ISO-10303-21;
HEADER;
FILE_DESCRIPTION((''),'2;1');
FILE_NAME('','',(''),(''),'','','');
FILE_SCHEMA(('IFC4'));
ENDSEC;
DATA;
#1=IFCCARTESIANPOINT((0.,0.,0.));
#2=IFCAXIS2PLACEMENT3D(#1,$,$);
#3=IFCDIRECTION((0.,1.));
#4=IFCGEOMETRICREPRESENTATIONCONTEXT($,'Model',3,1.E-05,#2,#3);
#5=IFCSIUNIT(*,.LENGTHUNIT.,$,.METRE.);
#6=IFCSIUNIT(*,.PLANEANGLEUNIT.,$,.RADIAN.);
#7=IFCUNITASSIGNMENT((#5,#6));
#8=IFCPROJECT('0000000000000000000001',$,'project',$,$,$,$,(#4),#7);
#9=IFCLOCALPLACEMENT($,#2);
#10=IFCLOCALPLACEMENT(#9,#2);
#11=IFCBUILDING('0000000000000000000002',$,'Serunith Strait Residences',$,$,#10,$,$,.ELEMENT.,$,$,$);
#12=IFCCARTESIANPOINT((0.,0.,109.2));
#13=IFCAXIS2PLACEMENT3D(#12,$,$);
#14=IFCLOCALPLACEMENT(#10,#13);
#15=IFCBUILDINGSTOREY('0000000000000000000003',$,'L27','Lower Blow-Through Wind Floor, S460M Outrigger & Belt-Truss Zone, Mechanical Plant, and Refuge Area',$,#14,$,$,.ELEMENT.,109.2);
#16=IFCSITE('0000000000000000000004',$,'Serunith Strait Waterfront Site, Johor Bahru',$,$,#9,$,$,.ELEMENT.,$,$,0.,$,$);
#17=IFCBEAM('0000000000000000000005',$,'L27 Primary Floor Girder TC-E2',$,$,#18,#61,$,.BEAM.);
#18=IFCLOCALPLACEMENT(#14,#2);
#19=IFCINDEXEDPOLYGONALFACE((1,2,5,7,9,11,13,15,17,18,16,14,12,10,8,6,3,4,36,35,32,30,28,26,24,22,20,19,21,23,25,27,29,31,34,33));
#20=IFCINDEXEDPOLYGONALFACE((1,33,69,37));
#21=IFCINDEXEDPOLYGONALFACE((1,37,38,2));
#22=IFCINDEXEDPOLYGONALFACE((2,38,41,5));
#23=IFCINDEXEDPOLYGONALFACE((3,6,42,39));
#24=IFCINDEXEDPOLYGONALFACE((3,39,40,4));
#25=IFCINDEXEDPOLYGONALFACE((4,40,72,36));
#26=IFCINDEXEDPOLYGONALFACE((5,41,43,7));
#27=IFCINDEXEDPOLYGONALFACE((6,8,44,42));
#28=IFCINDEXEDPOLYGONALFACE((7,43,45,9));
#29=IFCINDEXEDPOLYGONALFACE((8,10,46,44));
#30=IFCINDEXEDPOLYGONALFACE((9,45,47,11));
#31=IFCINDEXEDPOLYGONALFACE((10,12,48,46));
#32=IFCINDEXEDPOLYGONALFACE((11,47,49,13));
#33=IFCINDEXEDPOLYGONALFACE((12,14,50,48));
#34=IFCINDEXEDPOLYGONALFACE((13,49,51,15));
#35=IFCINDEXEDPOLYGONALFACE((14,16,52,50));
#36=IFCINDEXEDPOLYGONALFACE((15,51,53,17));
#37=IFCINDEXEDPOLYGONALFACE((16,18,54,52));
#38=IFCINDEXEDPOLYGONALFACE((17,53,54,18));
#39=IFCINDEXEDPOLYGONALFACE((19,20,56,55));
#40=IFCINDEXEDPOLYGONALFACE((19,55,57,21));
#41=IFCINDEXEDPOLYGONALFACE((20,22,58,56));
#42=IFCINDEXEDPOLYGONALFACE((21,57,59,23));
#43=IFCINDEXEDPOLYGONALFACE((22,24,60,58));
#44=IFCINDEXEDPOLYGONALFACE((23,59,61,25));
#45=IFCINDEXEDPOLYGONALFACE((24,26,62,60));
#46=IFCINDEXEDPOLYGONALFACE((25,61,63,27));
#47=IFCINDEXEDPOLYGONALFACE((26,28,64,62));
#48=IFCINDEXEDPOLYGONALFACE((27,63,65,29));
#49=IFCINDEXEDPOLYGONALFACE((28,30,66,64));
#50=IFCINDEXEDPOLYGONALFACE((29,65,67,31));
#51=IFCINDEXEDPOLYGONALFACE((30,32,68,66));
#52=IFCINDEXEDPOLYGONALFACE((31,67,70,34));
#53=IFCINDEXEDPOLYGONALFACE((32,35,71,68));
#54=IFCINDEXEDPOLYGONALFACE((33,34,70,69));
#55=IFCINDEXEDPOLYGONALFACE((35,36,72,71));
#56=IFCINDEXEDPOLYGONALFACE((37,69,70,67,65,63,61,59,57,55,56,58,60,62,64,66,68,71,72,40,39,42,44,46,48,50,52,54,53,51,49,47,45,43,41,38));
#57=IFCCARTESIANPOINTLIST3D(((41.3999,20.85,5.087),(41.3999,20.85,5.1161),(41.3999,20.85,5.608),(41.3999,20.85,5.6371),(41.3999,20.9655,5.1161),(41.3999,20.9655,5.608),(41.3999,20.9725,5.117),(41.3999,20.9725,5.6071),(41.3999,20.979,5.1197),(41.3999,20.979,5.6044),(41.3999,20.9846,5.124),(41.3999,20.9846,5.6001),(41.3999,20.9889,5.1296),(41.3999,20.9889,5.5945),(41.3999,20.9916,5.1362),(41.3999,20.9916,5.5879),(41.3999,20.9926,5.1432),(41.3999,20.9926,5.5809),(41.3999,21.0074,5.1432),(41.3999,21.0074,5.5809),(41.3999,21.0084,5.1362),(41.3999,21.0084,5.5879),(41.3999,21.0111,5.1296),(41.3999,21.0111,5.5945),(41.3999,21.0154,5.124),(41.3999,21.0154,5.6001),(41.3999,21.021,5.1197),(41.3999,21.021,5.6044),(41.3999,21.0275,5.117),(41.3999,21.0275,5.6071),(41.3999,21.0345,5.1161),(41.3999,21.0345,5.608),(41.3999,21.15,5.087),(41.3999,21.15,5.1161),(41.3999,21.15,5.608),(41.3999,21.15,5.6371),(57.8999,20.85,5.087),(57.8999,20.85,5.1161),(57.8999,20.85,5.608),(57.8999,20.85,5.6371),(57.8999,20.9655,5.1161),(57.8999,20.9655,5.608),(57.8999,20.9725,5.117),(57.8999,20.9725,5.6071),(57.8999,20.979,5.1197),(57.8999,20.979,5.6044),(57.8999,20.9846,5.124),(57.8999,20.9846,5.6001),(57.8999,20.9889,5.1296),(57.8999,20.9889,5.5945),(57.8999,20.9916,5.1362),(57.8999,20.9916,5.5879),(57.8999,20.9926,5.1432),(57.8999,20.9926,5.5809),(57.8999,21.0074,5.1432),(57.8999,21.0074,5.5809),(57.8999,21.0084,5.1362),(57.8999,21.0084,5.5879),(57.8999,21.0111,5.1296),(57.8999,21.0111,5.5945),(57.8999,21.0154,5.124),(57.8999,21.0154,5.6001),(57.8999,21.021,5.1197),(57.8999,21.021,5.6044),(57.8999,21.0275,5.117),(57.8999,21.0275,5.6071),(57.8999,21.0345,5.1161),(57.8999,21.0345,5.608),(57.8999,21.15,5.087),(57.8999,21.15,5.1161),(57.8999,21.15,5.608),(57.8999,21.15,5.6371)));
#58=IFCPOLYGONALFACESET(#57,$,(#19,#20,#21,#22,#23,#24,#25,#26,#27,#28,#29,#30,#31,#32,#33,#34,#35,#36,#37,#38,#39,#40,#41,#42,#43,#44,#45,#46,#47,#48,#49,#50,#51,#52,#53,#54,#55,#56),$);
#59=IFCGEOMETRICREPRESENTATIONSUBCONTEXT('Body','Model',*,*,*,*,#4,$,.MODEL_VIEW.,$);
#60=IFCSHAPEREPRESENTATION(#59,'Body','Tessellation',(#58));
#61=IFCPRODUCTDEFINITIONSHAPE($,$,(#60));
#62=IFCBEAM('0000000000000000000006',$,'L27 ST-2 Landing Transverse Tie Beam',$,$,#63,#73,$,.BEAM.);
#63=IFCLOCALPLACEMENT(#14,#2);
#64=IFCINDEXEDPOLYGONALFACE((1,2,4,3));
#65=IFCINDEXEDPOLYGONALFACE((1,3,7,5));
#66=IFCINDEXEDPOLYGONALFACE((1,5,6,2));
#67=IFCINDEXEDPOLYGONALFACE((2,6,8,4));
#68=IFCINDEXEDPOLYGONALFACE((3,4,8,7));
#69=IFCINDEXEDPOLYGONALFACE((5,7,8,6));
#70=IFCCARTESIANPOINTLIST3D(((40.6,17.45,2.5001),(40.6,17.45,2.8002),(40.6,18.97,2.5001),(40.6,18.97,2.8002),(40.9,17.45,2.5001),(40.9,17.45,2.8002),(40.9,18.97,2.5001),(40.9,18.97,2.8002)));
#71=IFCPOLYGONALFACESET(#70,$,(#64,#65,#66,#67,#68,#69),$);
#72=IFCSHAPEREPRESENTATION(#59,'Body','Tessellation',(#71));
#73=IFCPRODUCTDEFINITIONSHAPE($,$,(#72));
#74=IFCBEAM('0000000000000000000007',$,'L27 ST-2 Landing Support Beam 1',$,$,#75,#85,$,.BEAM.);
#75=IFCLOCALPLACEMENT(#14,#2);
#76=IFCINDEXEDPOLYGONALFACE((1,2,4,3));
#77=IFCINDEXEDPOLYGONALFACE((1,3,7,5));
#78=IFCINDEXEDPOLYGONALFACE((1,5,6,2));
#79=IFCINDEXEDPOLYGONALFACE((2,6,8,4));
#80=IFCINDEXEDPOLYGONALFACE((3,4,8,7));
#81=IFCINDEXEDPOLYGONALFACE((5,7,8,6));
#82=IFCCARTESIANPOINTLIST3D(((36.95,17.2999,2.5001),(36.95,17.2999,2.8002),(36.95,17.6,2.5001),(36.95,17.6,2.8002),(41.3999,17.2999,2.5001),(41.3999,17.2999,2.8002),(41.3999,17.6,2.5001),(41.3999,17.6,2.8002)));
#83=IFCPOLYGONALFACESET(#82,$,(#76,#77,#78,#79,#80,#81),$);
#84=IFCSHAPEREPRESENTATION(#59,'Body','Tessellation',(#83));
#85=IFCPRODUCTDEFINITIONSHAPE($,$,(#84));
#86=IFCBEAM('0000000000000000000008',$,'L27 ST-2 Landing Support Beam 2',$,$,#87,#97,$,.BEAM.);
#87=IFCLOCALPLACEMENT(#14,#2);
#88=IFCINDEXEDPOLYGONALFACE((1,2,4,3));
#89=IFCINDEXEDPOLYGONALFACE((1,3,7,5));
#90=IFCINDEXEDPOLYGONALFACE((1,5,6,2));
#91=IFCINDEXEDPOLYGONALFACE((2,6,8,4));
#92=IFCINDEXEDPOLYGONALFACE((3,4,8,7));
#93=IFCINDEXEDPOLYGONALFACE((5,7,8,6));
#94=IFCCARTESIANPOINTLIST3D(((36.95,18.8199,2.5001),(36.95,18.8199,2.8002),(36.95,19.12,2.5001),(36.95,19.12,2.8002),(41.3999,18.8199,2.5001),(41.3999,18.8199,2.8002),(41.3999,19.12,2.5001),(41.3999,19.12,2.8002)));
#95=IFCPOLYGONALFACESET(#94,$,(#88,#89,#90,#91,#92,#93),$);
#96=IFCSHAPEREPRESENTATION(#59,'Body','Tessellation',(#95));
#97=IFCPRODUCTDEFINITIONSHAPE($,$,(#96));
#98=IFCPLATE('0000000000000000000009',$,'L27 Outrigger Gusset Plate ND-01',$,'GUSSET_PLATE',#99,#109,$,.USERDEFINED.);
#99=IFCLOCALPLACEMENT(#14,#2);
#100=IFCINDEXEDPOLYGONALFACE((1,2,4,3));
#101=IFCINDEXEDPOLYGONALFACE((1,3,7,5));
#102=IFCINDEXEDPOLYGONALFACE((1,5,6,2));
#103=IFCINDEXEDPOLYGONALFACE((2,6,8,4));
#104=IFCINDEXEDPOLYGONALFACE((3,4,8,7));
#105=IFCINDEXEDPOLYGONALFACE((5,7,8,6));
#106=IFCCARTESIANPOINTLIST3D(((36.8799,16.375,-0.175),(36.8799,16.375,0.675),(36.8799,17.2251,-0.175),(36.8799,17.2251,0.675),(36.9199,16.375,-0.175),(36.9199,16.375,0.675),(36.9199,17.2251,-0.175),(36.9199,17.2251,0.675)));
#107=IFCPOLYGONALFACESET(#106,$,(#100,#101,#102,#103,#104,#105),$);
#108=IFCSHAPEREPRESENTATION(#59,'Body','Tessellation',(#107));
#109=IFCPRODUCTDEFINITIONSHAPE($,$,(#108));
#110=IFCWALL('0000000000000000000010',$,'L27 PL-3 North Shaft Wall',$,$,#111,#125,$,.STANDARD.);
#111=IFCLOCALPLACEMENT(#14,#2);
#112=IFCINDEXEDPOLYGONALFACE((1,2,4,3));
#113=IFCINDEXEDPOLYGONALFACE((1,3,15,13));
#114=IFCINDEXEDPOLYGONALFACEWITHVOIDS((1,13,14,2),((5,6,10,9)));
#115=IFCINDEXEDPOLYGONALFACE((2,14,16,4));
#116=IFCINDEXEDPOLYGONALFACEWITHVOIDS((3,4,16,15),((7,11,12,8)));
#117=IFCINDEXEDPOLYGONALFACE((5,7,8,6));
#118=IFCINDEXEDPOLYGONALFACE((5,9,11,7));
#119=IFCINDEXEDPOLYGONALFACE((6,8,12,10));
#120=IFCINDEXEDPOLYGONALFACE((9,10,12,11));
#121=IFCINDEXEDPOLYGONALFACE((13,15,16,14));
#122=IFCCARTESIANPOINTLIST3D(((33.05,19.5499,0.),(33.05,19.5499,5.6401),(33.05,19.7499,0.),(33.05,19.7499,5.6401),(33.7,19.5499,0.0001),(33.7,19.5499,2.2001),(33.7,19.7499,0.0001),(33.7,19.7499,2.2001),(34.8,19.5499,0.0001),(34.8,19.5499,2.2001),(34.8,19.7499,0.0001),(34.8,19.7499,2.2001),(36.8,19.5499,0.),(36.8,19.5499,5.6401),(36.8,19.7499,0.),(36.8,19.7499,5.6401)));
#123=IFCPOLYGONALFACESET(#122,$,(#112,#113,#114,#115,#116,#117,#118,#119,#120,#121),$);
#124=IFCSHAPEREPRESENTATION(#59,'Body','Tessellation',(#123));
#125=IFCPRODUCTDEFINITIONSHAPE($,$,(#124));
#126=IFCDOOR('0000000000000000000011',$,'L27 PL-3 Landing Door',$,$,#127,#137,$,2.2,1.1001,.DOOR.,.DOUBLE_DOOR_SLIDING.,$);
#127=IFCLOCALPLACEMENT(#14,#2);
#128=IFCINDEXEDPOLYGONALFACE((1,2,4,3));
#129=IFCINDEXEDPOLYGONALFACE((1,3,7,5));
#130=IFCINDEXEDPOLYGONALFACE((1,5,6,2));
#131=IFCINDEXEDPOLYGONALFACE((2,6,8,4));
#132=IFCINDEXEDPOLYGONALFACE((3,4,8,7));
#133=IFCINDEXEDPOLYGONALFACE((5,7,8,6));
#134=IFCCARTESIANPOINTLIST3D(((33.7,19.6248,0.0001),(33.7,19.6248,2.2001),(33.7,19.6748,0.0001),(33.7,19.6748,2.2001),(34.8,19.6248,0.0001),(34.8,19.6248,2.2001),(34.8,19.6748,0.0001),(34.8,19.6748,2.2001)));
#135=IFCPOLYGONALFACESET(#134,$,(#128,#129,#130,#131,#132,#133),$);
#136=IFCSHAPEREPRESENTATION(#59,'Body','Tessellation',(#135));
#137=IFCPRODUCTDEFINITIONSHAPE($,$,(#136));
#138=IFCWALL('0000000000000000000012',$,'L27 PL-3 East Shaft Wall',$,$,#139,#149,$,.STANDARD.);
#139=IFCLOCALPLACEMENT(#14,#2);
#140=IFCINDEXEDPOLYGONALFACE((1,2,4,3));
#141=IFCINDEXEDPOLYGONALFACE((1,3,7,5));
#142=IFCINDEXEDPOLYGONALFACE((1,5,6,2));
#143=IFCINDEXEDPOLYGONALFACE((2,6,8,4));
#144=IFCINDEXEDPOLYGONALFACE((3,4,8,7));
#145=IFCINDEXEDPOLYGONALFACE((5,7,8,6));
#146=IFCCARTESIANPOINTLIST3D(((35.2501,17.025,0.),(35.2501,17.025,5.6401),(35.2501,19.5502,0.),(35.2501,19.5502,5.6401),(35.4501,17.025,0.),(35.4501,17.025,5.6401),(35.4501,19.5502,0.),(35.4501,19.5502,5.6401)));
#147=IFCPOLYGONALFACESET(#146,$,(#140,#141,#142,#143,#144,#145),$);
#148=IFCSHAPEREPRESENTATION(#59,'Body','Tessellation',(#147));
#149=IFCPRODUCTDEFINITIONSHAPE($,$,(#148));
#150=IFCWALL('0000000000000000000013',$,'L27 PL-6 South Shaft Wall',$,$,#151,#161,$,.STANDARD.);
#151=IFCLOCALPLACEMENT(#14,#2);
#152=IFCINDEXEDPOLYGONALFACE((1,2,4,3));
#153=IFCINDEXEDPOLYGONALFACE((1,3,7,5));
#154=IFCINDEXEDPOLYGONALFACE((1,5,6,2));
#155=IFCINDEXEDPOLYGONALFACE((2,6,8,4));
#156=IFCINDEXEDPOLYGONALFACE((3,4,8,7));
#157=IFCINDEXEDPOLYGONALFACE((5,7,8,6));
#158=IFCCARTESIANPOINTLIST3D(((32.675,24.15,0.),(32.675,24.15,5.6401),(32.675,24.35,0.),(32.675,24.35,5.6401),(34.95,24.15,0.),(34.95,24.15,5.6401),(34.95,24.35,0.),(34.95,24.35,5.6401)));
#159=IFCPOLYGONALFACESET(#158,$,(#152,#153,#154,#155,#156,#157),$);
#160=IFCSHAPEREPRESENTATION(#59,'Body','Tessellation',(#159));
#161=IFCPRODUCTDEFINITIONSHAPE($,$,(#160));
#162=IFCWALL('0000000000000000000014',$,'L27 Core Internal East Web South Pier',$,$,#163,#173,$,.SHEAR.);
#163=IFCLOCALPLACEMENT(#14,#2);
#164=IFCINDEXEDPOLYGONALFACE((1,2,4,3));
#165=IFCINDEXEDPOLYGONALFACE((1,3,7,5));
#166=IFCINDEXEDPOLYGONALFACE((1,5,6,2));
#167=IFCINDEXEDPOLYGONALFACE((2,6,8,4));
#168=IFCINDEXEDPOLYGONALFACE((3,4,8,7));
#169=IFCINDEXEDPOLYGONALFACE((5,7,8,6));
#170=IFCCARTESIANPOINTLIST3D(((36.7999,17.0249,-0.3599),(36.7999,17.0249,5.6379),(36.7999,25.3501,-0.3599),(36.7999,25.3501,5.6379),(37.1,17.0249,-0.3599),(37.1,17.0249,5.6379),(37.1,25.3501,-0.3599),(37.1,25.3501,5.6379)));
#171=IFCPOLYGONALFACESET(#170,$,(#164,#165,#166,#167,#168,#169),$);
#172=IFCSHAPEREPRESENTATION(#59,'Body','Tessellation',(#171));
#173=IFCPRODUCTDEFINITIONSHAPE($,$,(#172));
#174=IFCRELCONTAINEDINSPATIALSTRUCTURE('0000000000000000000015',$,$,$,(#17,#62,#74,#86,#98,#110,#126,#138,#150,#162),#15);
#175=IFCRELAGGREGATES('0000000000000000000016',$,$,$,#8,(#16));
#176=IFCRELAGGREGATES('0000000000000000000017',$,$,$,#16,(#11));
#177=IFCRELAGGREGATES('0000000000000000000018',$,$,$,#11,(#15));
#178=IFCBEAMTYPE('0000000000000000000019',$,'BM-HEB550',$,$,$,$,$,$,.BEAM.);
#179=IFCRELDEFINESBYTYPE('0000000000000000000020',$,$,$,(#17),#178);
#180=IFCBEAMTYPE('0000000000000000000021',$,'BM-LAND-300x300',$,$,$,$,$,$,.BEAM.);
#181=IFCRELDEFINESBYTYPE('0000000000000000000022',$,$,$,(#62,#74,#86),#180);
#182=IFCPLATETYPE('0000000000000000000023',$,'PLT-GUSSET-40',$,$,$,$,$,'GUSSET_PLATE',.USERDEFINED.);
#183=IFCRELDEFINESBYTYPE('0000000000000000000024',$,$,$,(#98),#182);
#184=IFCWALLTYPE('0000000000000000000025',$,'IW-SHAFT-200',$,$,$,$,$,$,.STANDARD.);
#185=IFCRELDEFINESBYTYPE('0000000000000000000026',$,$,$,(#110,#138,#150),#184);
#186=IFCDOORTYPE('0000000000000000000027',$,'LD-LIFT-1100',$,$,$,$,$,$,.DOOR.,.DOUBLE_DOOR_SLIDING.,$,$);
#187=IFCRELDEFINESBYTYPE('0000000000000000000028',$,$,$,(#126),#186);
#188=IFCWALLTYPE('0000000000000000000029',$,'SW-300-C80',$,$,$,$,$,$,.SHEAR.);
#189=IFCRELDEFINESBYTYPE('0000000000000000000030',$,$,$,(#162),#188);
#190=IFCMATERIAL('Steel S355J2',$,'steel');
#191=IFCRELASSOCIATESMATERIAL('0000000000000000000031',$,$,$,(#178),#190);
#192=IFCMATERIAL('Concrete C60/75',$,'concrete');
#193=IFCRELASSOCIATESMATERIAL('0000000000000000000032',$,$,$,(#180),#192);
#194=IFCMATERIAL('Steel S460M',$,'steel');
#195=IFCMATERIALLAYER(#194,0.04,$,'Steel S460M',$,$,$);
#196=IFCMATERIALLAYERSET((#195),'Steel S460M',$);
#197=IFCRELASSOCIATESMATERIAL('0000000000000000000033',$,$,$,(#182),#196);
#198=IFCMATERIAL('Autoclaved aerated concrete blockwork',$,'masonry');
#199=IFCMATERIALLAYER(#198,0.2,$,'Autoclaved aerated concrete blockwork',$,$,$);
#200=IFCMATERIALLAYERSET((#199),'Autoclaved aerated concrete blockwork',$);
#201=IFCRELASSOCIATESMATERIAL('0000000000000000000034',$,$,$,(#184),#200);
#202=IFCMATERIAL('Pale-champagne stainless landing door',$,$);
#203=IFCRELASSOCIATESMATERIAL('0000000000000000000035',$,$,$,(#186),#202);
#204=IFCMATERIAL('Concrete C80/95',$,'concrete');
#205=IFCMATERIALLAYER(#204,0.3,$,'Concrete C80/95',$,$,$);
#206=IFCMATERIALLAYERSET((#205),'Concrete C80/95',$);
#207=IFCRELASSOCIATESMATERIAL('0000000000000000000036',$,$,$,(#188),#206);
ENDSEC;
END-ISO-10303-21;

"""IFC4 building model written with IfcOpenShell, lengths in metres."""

from ifc_helpers import new_model, si_unit, direction, frame, frame_2d, origin, origin_2d, place, context, subcontext, project, spatial, rectangle, i_section, extrude, source, transform, mapped, material, layer, layer_set, material_profile, profile_set, type_object, element, fill, save


model = new_model("IFC4")

# Units and contexts
model_context = context("Model", 3, precision=1e-05, world=origin(), true_north=direction((0.0, 1.0)))
body_context = subcontext(model_context, "Body", "Model", "MODEL_VIEW")
ifc_project = project(units=[si_unit("LENGTHUNIT", "METRE"), si_unit("PLANEANGLEUNIT", "RADIAN")], contexts=[model_context])

# Site, building, storey
site_placement = place(None, origin())
site = spatial("IfcSite", under=ifc_project, at=site_placement, Name="Serunith Strait Waterfront Site, Johor Bahru", CompositionType="ELEMENT", RefElevation=0.0)
building_placement = place(site_placement, origin())
building = spatial("IfcBuilding", under=site, at=building_placement, Name="Serunith Strait Residences", CompositionType="ELEMENT")
storey_placement = place(building_placement, frame((0.0, 0.0, 109.2)))
storey = spatial("IfcBuildingStorey", under=building, at=storey_placement, Name="L27", Description="Lower Blow-Through Wind Floor, S460M Outrigger & Belt-Truss Zone, Mechanical Plant, and Refuge Area", CompositionType="ELEMENT", Elevation=109.2)

# Beams
ifc_material_1 = material(Name="Steel S355J2", Category="steel")
ifc_material_profile_1 = material_profile(ifc_material_1, i_section(OverallWidth=0.3, OverallDepth=0.55, WebThickness=0.0149, FlangeThickness=0.0291, FilletRadius=0.0271, at=origin_2d()), Name="HEB 550")
ifc_profile_set_1 = profile_set([ifc_material_profile_1], Name="Steel S355J2")
beam_type_1 = type_object("IfcBeamType", Name="BM-HEB550", PredefinedType="BEAM", material=ifc_profile_set_1)
shared_shape_1 = source(origin(), body_context, "Body", "SweptSolid", [
    extrude(i_section(OverallWidth=0.3, OverallDepth=0.55, WebThickness=0.0149, FlangeThickness=0.0291, FilletRadius=0.0271, at=origin_2d()), origin(), (0.0, 0.0, 1.0), 16.5),
])
beam_1_placement = place(storey_placement, frame((41.3999, 21.0, 5.3621), z_axis=(1.0, 0.0, 0.0), x_axis=(0.0, 1.0, 0.0)))
element("IfcBeam", 1, at=beam_1_placement, inside=storey, type_object=beam_type_1, Name="L27 Primary Floor Girder TC-E2", PredefinedType="BEAM", context=body_context, shape_type="MappedRepresentation", body=[
    mapped(shared_shape_1, transform((0.0, 0.0, 0.0), scale=1.0)),
])
ifc_material_2 = material(Name="Concrete C60/75", Category="concrete")
ifc_material_profile_2 = material_profile(ifc_material_2, rectangle(XDim=0.3, YDim=0.3, at=origin_2d()), Name="RC 300x300")
ifc_profile_set_2 = profile_set([ifc_material_profile_2], Name="Concrete C60/75")
beam_type_2 = type_object("IfcBeamType", Name="BM-LAND-300x300", PredefinedType="BEAM", material=ifc_profile_set_2)
shared_shape_2 = source(origin(), body_context, "Body", "SweptSolid", [
    extrude(rectangle(XDim=0.3, YDim=0.3, at=origin_2d()), origin(), (0.0, 0.0, 1.0), 1.52),
])
beam_2_placement = place(storey_placement, frame((40.75, 17.45, 2.6501), z_axis=(0.0, 1.0, 0.0), x_axis=(-1.0, 0.0, 0.0)))
element("IfcBeam", 2, at=beam_2_placement, inside=storey, type_object=beam_type_2, Name="L27 ST-2 Landing Transverse Tie Beam", PredefinedType="BEAM", context=body_context, shape_type="MappedRepresentation", body=[
    mapped(shared_shape_2, transform((0.0, 0.0, 0.0), scale=1.0)),
])
shared_shape_3 = source(origin(), body_context, "Body", "SweptSolid", [
    extrude(rectangle(XDim=0.3, YDim=0.3, at=origin_2d()), origin(), (0.0, 0.0, 1.0), 4.45),
])
for number, where, z_axis, x_axis, name in (
    (3, (36.95, 17.45, 2.6501), (1.0, 0.0, 0.0), (0.0, 1.0, 0.0), "L27 ST-2 Landing Support Beam 1"),
    (4, (36.95, 18.97, 2.6501), (1.0, 0.0, 0.0), (0.0, 1.0, 0.0), "L27 ST-2 Landing Support Beam 2"),
):
    element("IfcBeam", number, at=place(storey_placement, frame(where, z_axis=z_axis, x_axis=x_axis)), inside=storey, type_object=beam_type_2, Name=name, PredefinedType="BEAM", context=body_context, shape_type="MappedRepresentation", body=[
        mapped(shared_shape_3, transform((0.0, 0.0, 0.0), scale=1.0)),
    ])

# Plate
ifc_material_3 = material(Name="Steel S460M", Category="steel")
ifc_layer_1 = layer(ifc_material_3, 0.04, Name="Steel S460M")
ifc_layer_set_1 = layer_set([ifc_layer_1], Name="Steel S460M")
plate_type = type_object("IfcPlateType", Name="PLT-GUSSET-40", ElementType="GUSSET_PLATE", PredefinedType="USERDEFINED", material=ifc_layer_set_1)
shared_shape_4 = source(origin(), body_context, "Body", "SweptSolid", [
    extrude(rectangle(XDim=0.8501, YDim=0.04, at=origin_2d()), origin(), (0.0, 0.0, 1.0), 0.8501),
])
plate_placement = place(storey_placement, frame((36.8999, 16.8, -0.175), z_axis=(0.0, 0.0, 1.0), x_axis=(0.0, -1.0, 0.0)))
element("IfcPlate", 5, at=plate_placement, inside=storey, type_object=plate_type, Name="L27 Outrigger Gusset Plate ND-01", ObjectType="GUSSET_PLATE", PredefinedType="USERDEFINED", context=body_context, shape_type="MappedRepresentation", body=[
    mapped(shared_shape_4, transform((0.0, 0.0, 0.0), scale=1.0)),
])

# Wall, opening, door
ifc_material_4 = material(Name="Autoclaved aerated concrete blockwork", Category="masonry")
ifc_layer_2 = layer(ifc_material_4, 0.2, Name="Autoclaved aerated concrete blockwork")
ifc_layer_set_2 = layer_set([ifc_layer_2], Name="Autoclaved aerated concrete blockwork")
wall_type_1 = type_object("IfcWallType", Name="IW-SHAFT-200", PredefinedType="STANDARD", material=ifc_layer_set_2)
wall_1_placement = place(storey_placement, frame((33.05, 19.6499, 0.0), z_axis=(0.0, 0.0, 1.0), x_axis=(1.0, 0.0, 0.0)))
wall_1 = element("IfcWall", 6, at=wall_1_placement, inside=storey, type_object=wall_type_1, Name="L27 PL-3 North Shaft Wall", PredefinedType="STANDARD", context=body_context, shape_type="SweptSolid", body=[
    extrude(rectangle(XDim=3.75, YDim=0.2, at=frame_2d((1.875, 0.0))), origin(), (0.0, 0.0, 1.0), 5.6401),
])
opening_placement = place(wall_1_placement, frame((0.6499, 0.0, 0.0)))
opening = element("IfcOpeningElement", 7, at=opening_placement, cuts=wall_1, PredefinedType="OPENING", context=body_context, shape_type="SweptSolid", body=[
    extrude(rectangle(XDim=1.1001, YDim=2.2, at=frame_2d((0.55, 1.1001))), frame((0.0, 0.1099, 0.0), z_axis=(0.0, -1.0, 0.0), x_axis=(1.0, 0.0, 0.0)), (0.0, 0.0, 1.0), 0.22),
])
ifc_material_5 = material(Name="Pale-champagne stainless landing door")
door_type = type_object("IfcDoorType", Name="LD-LIFT-1100", OperationType="DOUBLE_DOOR_SLIDING", PredefinedType="DOOR", material=ifc_material_5)
shared_shape_5 = source(origin(), body_context, "Body", "SweptSolid", [
    extrude(rectangle(XDim=1.1001, YDim=2.2, at=frame_2d((0.55, 1.1001))), frame((0.0, 0.0249, 0.0), z_axis=(0.0, -1.0, 0.0), x_axis=(1.0, 0.0, 0.0)), (0.0, 0.0, 1.0), 0.05),
])
door_placement = place(opening_placement, origin())
door = element("IfcDoor", 8, at=door_placement, inside=storey, type_object=door_type, Name="L27 PL-3 Landing Door", OperationType="DOUBLE_DOOR_SLIDING", OverallHeight=2.2, OverallWidth=1.1001, PredefinedType="DOOR", context=body_context, shape_type="MappedRepresentation", body=[
    mapped(shared_shape_5, transform((0.0, 0.0, 0.0), scale=1.0)),
])
fill(opening, door)

# Walls
wall_2_placement = place(storey_placement, frame((35.3501, 17.0249, 0.0), z_axis=(0.0, 0.0, 1.0), x_axis=(0.0, 1.0, 0.0)))
element("IfcWall", 9, at=wall_2_placement, inside=storey, type_object=wall_type_1, Name="L27 PL-3 East Shaft Wall", PredefinedType="STANDARD", context=body_context, shape_type="SweptSolid", body=[
    extrude(rectangle(XDim=2.5251, YDim=0.2, at=frame_2d((1.2627, 0.0))), origin(), (0.0, 0.0, 1.0), 5.6401),
])
wall_3_placement = place(storey_placement, frame((32.675, 24.25, 0.0), z_axis=(0.0, 0.0, 1.0), x_axis=(1.0, 0.0, 0.0)))
element("IfcWall", 10, at=wall_3_placement, inside=storey, type_object=wall_type_1, Name="L27 PL-6 South Shaft Wall", PredefinedType="STANDARD", context=body_context, shape_type="SweptSolid", body=[
    extrude(rectangle(XDim=2.2749, YDim=0.2, at=frame_2d((1.1375, 0.0))), origin(), (0.0, 0.0, 1.0), 5.6401),
])
ifc_material_6 = material(Name="Concrete C80/95", Category="concrete")
ifc_layer_3 = layer(ifc_material_6, 0.3, Name="Concrete C80/95")
ifc_layer_set_3 = layer_set([ifc_layer_3], Name="Concrete C80/95")
wall_type_2 = type_object("IfcWallType", Name="SW-300-C80", PredefinedType="SHEAR", material=ifc_layer_set_3)
wall_4_placement = place(storey_placement, frame((36.95, 17.0249, -0.3599), z_axis=(0.0, 0.0, 1.0), x_axis=(0.0, 1.0, 0.0)))
element("IfcWall", 11, at=wall_4_placement, inside=storey, type_object=wall_type_2, Name="L27 Core Internal East Web South Pier", PredefinedType="SHEAR", context=body_context, shape_type="SweptSolid", body=[
    extrude(rectangle(XDim=8.3252, YDim=0.3, at=frame_2d((4.1626, 0.0))), origin(), (0.0, 0.0, 1.0), 5.9978),
])

save(model, "model.ifc")
